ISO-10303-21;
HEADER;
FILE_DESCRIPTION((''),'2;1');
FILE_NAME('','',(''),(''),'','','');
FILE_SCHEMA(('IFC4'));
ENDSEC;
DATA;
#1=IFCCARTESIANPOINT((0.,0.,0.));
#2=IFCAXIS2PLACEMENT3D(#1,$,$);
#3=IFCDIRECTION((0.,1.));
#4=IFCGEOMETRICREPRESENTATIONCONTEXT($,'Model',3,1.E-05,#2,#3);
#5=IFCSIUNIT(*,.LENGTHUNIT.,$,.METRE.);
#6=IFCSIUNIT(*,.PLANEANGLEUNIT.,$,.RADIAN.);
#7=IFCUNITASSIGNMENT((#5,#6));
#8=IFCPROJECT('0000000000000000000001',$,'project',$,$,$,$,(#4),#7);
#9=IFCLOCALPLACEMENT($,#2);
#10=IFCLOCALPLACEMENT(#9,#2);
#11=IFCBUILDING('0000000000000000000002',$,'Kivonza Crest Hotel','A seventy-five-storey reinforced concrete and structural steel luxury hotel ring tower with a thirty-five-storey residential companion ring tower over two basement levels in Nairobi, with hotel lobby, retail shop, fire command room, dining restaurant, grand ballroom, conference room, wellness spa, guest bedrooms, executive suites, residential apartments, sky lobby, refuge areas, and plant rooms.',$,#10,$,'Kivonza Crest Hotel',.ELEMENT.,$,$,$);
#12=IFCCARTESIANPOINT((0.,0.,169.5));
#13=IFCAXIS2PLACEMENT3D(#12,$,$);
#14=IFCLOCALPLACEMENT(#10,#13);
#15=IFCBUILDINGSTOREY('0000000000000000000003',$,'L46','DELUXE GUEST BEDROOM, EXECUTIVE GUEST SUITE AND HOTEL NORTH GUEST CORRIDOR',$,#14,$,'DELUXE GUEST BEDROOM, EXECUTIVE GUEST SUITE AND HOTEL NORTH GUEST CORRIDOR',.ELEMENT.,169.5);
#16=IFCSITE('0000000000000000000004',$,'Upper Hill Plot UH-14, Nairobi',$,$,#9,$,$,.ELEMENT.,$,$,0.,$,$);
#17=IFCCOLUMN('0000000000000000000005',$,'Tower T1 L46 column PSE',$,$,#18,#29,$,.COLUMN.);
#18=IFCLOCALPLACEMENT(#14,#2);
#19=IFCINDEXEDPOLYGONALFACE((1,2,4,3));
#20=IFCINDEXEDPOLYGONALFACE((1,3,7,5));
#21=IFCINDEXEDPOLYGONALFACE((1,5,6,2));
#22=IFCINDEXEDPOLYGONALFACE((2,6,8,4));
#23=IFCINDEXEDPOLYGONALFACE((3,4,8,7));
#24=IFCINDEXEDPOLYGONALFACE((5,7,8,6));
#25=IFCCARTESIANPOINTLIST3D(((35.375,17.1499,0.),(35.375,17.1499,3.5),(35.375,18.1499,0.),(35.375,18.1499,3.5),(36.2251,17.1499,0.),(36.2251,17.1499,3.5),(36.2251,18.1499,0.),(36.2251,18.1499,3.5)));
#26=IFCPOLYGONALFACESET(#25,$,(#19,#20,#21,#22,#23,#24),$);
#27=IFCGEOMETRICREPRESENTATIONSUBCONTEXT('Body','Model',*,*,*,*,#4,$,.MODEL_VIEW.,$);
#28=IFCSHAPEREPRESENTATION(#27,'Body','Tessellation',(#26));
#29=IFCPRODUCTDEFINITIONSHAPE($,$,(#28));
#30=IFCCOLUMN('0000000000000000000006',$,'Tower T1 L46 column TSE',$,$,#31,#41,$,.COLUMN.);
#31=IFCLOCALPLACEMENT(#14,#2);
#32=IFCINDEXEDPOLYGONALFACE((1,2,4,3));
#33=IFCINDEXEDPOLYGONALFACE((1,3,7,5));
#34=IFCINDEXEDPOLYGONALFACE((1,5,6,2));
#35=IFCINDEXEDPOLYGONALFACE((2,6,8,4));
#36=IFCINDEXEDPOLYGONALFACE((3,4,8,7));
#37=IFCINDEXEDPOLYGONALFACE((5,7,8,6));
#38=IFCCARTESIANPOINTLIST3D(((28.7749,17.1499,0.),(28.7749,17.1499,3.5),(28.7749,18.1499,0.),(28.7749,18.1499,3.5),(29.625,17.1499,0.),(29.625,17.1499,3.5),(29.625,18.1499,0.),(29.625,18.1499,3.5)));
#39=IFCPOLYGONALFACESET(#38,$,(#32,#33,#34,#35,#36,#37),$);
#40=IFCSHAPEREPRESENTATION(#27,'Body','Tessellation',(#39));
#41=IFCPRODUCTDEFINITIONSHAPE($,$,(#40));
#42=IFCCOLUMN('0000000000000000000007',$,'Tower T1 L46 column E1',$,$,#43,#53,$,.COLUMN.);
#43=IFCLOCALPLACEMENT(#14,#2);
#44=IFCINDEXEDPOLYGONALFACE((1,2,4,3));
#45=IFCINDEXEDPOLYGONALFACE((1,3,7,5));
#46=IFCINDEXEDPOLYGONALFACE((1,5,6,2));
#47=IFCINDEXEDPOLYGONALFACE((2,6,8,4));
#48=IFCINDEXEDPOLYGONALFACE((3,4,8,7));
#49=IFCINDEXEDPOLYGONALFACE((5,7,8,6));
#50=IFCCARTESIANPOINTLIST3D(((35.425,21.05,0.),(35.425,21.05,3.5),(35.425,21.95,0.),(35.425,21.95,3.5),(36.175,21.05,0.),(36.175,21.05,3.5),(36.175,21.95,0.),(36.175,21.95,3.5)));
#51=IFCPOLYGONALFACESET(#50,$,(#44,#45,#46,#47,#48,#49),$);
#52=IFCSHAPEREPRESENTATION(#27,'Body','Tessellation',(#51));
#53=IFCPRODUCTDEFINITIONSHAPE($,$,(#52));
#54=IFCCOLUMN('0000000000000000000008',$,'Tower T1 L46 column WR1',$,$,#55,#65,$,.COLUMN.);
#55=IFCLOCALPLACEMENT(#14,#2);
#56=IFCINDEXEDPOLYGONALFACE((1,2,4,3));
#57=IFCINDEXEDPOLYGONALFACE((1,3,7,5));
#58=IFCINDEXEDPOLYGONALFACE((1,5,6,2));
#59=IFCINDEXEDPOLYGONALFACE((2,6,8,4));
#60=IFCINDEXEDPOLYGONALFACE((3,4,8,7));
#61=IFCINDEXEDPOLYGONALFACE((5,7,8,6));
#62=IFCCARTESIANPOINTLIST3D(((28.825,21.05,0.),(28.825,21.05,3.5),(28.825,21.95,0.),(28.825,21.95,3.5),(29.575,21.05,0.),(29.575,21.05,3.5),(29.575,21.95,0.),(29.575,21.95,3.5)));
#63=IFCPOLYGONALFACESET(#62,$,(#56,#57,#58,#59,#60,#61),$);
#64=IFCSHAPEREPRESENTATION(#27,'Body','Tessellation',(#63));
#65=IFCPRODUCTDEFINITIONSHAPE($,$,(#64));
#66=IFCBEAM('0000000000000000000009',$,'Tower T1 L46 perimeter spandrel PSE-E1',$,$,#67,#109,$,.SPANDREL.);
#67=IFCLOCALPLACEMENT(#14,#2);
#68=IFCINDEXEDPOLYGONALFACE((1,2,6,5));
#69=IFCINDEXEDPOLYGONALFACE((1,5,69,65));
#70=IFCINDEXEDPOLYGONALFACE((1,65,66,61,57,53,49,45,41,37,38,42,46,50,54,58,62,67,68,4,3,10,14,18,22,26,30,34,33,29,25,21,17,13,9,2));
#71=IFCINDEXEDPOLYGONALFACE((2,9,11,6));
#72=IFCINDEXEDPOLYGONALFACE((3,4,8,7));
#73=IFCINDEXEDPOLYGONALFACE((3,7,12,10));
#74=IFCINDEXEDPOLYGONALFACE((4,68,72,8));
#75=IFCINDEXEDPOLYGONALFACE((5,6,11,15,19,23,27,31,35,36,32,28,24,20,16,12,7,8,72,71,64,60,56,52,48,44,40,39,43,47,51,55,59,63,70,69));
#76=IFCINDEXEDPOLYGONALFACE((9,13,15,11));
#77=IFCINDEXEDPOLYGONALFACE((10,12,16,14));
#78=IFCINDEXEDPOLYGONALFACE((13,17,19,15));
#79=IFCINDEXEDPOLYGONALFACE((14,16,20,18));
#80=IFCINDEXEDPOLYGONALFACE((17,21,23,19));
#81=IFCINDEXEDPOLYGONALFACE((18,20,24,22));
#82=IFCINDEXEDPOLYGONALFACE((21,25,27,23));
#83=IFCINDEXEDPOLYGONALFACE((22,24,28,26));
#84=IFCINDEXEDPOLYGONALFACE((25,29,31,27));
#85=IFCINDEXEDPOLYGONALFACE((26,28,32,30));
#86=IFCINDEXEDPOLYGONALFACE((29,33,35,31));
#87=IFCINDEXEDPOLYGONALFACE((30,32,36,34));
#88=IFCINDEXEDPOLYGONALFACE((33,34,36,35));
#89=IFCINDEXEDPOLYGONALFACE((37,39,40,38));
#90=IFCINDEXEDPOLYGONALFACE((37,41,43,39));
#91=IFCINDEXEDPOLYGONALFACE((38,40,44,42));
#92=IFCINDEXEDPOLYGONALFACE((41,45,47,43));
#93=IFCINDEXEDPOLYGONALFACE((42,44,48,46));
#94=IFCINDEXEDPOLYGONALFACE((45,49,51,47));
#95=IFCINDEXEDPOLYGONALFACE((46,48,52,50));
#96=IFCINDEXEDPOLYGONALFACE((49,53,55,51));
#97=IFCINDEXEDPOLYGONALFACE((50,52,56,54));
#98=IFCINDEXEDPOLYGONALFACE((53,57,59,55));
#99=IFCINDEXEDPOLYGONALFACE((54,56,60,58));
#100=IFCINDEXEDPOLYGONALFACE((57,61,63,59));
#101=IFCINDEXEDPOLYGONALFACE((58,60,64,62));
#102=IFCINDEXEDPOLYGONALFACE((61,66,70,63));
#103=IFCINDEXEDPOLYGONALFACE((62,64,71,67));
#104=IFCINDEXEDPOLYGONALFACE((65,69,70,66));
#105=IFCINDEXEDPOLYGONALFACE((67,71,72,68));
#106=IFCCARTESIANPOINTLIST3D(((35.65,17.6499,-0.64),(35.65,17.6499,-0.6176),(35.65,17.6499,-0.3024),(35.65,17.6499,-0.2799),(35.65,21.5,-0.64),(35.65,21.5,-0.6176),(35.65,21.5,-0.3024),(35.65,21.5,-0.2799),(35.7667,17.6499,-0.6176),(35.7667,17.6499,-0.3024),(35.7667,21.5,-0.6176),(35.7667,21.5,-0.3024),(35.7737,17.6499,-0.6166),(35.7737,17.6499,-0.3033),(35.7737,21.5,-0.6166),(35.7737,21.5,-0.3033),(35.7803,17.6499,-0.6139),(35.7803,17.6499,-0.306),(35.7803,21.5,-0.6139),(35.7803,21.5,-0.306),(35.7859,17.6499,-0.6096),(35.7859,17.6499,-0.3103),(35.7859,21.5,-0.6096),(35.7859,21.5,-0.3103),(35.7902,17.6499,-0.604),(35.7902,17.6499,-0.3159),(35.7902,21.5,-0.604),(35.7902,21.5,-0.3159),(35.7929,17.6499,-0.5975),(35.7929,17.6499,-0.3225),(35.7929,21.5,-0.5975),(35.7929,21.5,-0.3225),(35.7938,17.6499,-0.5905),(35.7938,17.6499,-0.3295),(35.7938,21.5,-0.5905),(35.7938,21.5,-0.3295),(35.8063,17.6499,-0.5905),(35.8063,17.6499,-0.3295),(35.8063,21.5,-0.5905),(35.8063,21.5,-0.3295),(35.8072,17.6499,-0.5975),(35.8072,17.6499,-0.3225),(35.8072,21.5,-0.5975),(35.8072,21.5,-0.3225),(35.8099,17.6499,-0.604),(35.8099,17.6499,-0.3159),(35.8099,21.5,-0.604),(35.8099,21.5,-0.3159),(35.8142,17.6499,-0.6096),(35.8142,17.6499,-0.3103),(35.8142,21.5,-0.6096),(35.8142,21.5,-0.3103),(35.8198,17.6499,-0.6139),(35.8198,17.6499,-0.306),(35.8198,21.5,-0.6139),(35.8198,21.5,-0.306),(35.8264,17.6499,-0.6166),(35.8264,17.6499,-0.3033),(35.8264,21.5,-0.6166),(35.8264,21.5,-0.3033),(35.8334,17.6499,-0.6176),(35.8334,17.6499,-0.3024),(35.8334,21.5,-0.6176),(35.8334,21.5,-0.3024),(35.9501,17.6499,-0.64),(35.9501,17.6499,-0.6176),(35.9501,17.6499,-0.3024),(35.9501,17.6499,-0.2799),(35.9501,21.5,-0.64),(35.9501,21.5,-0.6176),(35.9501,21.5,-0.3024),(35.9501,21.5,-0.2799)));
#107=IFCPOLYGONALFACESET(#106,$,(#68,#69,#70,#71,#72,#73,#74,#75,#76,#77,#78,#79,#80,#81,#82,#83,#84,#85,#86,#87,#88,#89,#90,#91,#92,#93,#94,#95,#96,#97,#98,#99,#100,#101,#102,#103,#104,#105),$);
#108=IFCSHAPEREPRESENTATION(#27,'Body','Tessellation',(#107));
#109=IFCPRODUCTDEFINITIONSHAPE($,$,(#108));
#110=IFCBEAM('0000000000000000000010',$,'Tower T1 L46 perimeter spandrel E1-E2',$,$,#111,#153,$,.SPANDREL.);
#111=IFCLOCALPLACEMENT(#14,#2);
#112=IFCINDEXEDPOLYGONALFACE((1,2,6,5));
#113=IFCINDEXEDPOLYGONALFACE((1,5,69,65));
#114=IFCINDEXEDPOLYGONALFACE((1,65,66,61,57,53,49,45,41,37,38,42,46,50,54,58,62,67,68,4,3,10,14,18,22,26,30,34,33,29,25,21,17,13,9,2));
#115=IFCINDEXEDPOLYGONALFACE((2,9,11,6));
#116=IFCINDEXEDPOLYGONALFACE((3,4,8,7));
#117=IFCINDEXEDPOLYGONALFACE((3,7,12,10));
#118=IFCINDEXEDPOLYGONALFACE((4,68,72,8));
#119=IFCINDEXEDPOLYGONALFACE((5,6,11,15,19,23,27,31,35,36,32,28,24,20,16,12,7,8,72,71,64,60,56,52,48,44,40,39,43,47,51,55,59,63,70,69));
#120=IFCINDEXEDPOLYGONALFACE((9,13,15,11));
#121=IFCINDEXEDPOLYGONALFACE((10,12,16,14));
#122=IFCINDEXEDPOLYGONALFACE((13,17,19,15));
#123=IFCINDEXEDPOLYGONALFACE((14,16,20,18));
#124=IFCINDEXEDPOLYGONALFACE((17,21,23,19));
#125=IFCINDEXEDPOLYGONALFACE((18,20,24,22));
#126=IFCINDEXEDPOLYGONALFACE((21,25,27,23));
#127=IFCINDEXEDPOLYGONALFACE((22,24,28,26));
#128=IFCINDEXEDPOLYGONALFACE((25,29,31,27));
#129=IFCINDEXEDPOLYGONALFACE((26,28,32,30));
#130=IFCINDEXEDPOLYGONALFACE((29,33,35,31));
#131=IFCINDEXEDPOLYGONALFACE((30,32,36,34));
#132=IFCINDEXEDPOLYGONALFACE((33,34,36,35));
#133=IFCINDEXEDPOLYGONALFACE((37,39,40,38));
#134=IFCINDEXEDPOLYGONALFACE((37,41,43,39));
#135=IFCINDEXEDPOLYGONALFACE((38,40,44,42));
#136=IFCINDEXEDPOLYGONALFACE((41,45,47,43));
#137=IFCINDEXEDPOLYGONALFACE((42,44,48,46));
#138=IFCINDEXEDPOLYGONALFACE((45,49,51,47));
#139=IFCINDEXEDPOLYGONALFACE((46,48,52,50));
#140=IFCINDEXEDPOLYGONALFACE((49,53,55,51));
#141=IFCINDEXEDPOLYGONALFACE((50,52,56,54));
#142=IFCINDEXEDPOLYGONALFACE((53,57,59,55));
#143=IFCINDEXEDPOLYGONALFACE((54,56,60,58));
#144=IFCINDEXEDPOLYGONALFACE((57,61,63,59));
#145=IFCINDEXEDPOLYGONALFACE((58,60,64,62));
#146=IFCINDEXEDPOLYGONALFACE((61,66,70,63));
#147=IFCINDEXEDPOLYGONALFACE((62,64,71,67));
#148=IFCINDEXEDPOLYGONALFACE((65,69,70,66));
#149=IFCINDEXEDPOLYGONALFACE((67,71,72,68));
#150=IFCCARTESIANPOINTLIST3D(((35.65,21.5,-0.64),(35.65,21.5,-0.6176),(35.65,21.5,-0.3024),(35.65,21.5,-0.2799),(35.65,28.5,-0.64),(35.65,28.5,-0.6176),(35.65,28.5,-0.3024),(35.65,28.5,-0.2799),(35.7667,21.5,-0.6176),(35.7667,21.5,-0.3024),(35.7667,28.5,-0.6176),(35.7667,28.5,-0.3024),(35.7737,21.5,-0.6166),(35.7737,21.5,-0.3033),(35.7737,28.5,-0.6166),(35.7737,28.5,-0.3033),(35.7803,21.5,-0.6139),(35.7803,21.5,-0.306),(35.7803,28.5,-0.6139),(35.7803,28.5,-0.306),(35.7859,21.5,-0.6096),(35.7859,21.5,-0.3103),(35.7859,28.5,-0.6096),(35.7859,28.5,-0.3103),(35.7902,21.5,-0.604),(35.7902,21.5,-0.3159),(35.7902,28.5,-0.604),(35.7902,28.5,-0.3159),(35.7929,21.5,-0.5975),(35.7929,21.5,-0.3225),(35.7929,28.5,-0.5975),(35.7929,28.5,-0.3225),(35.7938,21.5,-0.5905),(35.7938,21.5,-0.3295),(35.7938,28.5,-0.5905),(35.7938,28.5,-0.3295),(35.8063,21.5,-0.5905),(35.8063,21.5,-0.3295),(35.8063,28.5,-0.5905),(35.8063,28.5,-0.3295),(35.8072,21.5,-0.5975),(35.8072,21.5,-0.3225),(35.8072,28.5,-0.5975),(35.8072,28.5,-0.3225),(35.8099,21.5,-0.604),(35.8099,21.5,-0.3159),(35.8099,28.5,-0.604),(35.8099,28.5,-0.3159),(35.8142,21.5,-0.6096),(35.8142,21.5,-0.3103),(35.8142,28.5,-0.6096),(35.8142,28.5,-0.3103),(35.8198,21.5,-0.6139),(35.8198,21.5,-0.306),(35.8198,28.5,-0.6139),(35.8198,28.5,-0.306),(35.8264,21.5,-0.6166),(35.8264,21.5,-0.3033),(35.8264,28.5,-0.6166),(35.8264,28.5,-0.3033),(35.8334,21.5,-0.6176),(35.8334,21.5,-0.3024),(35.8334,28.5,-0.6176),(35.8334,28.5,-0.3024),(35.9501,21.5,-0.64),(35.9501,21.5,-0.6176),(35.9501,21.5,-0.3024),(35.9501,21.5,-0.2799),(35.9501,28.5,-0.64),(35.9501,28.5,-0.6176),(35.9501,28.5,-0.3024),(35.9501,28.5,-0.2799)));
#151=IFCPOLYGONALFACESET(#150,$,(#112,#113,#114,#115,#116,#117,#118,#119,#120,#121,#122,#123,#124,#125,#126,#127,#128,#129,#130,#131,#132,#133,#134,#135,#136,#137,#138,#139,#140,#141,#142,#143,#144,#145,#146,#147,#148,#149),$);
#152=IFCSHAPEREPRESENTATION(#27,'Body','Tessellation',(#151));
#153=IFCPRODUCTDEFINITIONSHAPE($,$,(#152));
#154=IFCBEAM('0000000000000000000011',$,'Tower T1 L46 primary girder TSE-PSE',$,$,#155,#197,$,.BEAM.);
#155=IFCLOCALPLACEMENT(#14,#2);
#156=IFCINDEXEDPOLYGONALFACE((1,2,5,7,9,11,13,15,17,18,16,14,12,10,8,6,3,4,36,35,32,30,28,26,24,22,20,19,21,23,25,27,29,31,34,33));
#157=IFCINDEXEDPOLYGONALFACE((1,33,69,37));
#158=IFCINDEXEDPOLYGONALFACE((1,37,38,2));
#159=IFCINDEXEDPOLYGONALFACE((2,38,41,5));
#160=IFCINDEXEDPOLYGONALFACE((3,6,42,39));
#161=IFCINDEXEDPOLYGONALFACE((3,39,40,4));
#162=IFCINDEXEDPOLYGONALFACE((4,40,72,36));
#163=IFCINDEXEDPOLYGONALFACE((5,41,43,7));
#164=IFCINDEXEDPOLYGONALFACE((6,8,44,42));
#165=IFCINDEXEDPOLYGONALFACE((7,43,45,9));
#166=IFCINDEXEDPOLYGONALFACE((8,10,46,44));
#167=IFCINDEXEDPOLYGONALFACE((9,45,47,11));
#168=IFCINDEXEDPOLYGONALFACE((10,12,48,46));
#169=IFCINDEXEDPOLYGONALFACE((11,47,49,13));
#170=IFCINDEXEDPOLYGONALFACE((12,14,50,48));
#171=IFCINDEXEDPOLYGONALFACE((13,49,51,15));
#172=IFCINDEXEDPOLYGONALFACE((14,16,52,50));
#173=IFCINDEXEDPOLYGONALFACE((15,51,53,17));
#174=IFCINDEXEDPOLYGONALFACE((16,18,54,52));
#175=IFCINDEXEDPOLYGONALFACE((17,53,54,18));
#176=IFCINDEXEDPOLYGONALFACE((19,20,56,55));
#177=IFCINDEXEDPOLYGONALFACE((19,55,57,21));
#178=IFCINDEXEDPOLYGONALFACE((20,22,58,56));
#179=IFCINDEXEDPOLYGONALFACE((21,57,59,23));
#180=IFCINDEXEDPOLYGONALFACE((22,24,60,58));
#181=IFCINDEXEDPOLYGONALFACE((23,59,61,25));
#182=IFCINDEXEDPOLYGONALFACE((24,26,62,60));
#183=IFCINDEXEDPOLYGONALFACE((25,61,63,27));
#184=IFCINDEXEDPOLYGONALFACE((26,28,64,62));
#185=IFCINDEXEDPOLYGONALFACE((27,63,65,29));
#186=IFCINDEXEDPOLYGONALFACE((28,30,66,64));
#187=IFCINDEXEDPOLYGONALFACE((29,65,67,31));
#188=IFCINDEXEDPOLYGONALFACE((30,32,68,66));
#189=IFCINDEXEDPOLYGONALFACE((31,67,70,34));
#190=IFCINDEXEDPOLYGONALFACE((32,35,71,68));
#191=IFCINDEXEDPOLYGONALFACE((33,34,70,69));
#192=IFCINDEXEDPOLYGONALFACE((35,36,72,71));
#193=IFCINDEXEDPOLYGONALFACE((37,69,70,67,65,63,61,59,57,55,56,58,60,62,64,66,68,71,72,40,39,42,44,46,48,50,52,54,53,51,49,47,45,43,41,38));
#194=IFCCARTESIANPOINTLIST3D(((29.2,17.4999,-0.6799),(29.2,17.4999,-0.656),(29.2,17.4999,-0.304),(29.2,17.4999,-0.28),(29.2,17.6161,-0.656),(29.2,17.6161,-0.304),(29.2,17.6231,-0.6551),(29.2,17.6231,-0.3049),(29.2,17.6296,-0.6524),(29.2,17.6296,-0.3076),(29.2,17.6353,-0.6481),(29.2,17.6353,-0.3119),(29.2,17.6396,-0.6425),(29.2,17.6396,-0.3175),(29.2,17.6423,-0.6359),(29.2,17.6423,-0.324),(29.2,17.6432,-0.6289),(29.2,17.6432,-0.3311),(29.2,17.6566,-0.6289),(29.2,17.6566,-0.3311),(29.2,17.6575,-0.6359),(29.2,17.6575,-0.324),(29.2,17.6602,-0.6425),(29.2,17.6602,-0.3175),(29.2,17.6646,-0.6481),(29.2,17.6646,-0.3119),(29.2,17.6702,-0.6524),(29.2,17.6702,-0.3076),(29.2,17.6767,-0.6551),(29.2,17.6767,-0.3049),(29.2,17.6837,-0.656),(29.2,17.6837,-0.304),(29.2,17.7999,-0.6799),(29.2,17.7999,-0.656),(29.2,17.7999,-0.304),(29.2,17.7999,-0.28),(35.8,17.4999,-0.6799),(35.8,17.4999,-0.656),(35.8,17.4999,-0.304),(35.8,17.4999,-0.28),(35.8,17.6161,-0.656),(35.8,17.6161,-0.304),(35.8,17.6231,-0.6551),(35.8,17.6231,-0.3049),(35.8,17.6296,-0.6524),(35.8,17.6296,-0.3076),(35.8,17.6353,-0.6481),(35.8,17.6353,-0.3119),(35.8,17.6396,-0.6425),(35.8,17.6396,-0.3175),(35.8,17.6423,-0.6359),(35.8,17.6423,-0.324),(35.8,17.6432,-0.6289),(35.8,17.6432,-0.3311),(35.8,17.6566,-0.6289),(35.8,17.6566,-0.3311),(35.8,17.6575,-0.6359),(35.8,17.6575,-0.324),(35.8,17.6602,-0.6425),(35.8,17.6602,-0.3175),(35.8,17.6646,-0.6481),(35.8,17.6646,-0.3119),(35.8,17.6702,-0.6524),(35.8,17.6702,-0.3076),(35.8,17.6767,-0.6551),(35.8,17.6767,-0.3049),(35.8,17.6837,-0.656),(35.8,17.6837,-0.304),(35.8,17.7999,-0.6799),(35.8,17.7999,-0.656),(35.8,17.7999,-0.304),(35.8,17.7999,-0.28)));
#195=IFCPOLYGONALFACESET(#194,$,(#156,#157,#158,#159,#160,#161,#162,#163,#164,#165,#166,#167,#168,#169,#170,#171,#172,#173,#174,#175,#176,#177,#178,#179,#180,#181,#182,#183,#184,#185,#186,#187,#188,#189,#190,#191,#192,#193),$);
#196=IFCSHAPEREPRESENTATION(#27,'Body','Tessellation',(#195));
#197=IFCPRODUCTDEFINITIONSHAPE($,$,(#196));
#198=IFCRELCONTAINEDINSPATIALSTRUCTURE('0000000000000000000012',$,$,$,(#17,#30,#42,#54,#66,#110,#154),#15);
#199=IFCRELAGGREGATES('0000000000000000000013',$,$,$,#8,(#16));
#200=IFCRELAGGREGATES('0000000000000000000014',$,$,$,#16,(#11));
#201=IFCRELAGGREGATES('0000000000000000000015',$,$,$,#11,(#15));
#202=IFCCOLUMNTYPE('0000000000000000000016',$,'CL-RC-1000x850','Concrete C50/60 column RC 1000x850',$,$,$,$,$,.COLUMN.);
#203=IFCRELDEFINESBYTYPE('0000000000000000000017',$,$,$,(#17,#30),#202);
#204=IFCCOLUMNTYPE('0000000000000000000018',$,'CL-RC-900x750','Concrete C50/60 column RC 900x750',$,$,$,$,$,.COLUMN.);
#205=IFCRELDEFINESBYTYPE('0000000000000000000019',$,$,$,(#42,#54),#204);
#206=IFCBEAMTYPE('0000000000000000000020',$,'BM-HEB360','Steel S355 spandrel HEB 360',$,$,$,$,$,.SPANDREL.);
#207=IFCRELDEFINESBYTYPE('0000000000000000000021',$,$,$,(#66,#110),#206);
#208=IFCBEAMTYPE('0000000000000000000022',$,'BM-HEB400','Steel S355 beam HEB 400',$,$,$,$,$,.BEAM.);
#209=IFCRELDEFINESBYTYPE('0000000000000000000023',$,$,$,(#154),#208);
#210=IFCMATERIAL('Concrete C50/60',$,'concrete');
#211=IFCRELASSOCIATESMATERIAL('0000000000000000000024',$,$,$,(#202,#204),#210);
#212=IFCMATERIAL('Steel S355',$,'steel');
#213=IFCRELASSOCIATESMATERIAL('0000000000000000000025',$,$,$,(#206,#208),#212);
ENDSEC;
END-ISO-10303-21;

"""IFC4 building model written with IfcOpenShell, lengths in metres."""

from ifc_helpers import new_model, si_unit, direction, frame, origin, origin_2d, place, context, subcontext, project, spatial, rectangle, i_section, extrude, material, material_profile, profile_set, type_object, element, save


model = new_model("IFC4")

# Units and contexts
model_context = context("Model", 3, precision=1e-05, world=origin(), true_north=direction((0.0, 1.0)))
body_context = subcontext(model_context, "Body", "Model", "MODEL_VIEW")
ifc_project = project(units=[si_unit("LENGTHUNIT", "METRE"), si_unit("PLANEANGLEUNIT", "RADIAN")], contexts=[model_context])

# Site, building, storey
site_placement = place(None, origin())
site = spatial("IfcSite", under=ifc_project, at=site_placement, Name="Upper Hill Plot UH-14, Nairobi", CompositionType="ELEMENT", RefElevation=0.0)
building_placement = place(site_placement, origin())
building = spatial("IfcBuilding", under=site, at=building_placement, Name="Kivonza Crest Hotel", Description="A seventy-five-storey reinforced concrete and structural steel luxury hotel ring tower with a thirty-five-storey residential companion ring tower over two basement levels in Nairobi, with hotel lobby, retail shop, fire command room, dining restaurant, grand ballroom, conference room, wellness spa, guest bedrooms, executive suites, residential apartments, sky lobby, refuge areas, and plant rooms.", LongName="Kivonza Crest Hotel", CompositionType="ELEMENT")
storey_placement = place(building_placement, frame((0.0, 0.0, 169.5)))
storey = spatial("IfcBuildingStorey", under=building, at=storey_placement, Name="L46", Description="DELUXE GUEST BEDROOM, EXECUTIVE GUEST SUITE AND HOTEL NORTH GUEST CORRIDOR", LongName="DELUXE GUEST BEDROOM, EXECUTIVE GUEST SUITE AND HOTEL NORTH GUEST CORRIDOR", CompositionType="ELEMENT", Elevation=169.5)

# Columns
ifc_material_1 = material(Name="Concrete C50/60", Category="concrete")
ifc_material_profile_1 = material_profile(ifc_material_1, rectangle(XDim=0.8501, YDim=1.0, at=origin_2d()), Name="RC 1000x850")
ifc_profile_set_1 = profile_set([ifc_material_profile_1], Name="Concrete C50/60")
column_type_1 = type_object("IfcColumnType", Name="CL-RC-1000x850", Description="Concrete C50/60 column RC 1000x850", PredefinedType="COLUMN", material=ifc_profile_set_1)
for number, where, z_axis, x_axis, name in (
    (1, (35.8, 17.6499, 0.0), (0.0, 0.0, 1.0), (1.0, 0.0, 0.0), "Tower T1 L46 column PSE"),
    (2, (29.2, 17.6499, 0.0), (0.0, 0.0, 1.0), (1.0, 0.0, 0.0), "Tower T1 L46 column TSE"),
):
    element("IfcColumn", number, at=place(storey_placement, frame(where, z_axis=z_axis, x_axis=x_axis)), inside=storey, type_object=column_type_1, Name=name, PredefinedType="COLUMN", context=body_context, shape_type="SweptSolid", body=[
        extrude(rectangle(XDim=0.8501, YDim=1.0, at=origin_2d()), origin(), (0.0, 0.0, 1.0), 3.5),
    ])
ifc_material_profile_2 = material_profile(ifc_material_1, rectangle(XDim=0.75, YDim=0.8999, at=origin_2d()), Name="RC 900x750")
ifc_profile_set_2 = profile_set([ifc_material_profile_2], Name="Concrete C50/60")
column_type_2 = type_object("IfcColumnType", Name="CL-RC-900x750", Description="Concrete C50/60 column RC 900x750", PredefinedType="COLUMN", material=ifc_profile_set_2)
for number, where, z_axis, x_axis, name in (
    (3, (35.8, 21.5, 0.0), (0.0, 0.0, 1.0), (1.0, 0.0, 0.0), "Tower T1 L46 column E1"),
    (4, (29.2, 21.5, 0.0), (0.0, 0.0, 1.0), (1.0, 0.0, 0.0), "Tower T1 L46 column WR1"),
):
    element("IfcColumn", number, at=place(storey_placement, frame(where, z_axis=z_axis, x_axis=x_axis)), inside=storey, type_object=column_type_2, Name=name, PredefinedType="COLUMN", context=body_context, shape_type="SweptSolid", body=[
        extrude(rectangle(XDim=0.75, YDim=0.8999, at=origin_2d()), origin(), (0.0, 0.0, 1.0), 3.5),
    ])

# Beams
ifc_material_2 = material(Name="Steel S355", Category="steel")
ifc_material_profile_3 = material_profile(ifc_material_2, i_section(OverallWidth=0.3, OverallDepth=0.3601, WebThickness=0.0125, FlangeThickness=0.0225, FilletRadius=0.0271, at=origin_2d()), Name="HEB 360")
ifc_profile_set_3 = profile_set([ifc_material_profile_3], Name="Steel S355")
beam_type_1 = type_object("IfcBeamType", Name="BM-HEB360", Description="Steel S355 spandrel HEB 360", PredefinedType="SPANDREL", material=ifc_profile_set_3)
beam_1_placement = place(storey_placement, frame((35.8, 17.6499, -0.46), z_axis=(0.0, 1.0, 0.0), x_axis=(-1.0, 0.0, 0.0)))
element("IfcBeam", 5, at=beam_1_placement, inside=storey, type_object=beam_type_1, Name="Tower T1 L46 perimeter spandrel PSE-E1", PredefinedType="SPANDREL", context=body_context, shape_type="SweptSolid", body=[
    extrude(i_section(OverallWidth=0.3, OverallDepth=0.3601, WebThickness=0.0125, FlangeThickness=0.0225, FilletRadius=0.0271, at=origin_2d()), origin(), (0.0, 0.0, 1.0), 3.8501),
])
beam_2_placement = place(storey_placement, frame((35.8, 21.5, -0.46), z_axis=(0.0, 1.0, 0.0), x_axis=(-1.0, 0.0, 0.0)))
element("IfcBeam", 6, at=beam_2_placement, inside=storey, type_object=beam_type_1, Name="Tower T1 L46 perimeter spandrel E1-E2", PredefinedType="SPANDREL", context=body_context, shape_type="SweptSolid", body=[
    extrude(i_section(OverallWidth=0.3, OverallDepth=0.3601, WebThickness=0.0125, FlangeThickness=0.0225, FilletRadius=0.0271, at=origin_2d()), origin(), (0.0, 0.0, 1.0), 7.0),
])
ifc_material_profile_4 = material_profile(ifc_material_2, i_section(OverallWidth=0.3, OverallDepth=0.3999, WebThickness=0.0134, FlangeThickness=0.0239, FilletRadius=0.0271, at=origin_2d()), Name="HEB 400")
ifc_profile_set_4 = profile_set([ifc_material_profile_4], Name="Steel S355")
beam_type_2 = type_object("IfcBeamType", Name="BM-HEB400", Description="Steel S355 beam HEB 400", PredefinedType="BEAM", material=ifc_profile_set_4)
beam_3_placement = place(storey_placement, frame((29.2, 17.6499, -0.48), z_axis=(1.0, 0.0, 0.0), x_axis=(0.0, 1.0, 0.0)))
element("IfcBeam", 7, at=beam_3_placement, inside=storey, type_object=beam_type_2, Name="Tower T1 L46 primary girder TSE-PSE", PredefinedType="BEAM", context=body_context, shape_type="SweptSolid", body=[
    extrude(i_section(OverallWidth=0.3, OverallDepth=0.3999, WebThickness=0.0134, FlangeThickness=0.0239, FilletRadius=0.0271, at=origin_2d()), origin(), (0.0, 0.0, 1.0), 6.6001),
])

save(model, "model.ifc")
